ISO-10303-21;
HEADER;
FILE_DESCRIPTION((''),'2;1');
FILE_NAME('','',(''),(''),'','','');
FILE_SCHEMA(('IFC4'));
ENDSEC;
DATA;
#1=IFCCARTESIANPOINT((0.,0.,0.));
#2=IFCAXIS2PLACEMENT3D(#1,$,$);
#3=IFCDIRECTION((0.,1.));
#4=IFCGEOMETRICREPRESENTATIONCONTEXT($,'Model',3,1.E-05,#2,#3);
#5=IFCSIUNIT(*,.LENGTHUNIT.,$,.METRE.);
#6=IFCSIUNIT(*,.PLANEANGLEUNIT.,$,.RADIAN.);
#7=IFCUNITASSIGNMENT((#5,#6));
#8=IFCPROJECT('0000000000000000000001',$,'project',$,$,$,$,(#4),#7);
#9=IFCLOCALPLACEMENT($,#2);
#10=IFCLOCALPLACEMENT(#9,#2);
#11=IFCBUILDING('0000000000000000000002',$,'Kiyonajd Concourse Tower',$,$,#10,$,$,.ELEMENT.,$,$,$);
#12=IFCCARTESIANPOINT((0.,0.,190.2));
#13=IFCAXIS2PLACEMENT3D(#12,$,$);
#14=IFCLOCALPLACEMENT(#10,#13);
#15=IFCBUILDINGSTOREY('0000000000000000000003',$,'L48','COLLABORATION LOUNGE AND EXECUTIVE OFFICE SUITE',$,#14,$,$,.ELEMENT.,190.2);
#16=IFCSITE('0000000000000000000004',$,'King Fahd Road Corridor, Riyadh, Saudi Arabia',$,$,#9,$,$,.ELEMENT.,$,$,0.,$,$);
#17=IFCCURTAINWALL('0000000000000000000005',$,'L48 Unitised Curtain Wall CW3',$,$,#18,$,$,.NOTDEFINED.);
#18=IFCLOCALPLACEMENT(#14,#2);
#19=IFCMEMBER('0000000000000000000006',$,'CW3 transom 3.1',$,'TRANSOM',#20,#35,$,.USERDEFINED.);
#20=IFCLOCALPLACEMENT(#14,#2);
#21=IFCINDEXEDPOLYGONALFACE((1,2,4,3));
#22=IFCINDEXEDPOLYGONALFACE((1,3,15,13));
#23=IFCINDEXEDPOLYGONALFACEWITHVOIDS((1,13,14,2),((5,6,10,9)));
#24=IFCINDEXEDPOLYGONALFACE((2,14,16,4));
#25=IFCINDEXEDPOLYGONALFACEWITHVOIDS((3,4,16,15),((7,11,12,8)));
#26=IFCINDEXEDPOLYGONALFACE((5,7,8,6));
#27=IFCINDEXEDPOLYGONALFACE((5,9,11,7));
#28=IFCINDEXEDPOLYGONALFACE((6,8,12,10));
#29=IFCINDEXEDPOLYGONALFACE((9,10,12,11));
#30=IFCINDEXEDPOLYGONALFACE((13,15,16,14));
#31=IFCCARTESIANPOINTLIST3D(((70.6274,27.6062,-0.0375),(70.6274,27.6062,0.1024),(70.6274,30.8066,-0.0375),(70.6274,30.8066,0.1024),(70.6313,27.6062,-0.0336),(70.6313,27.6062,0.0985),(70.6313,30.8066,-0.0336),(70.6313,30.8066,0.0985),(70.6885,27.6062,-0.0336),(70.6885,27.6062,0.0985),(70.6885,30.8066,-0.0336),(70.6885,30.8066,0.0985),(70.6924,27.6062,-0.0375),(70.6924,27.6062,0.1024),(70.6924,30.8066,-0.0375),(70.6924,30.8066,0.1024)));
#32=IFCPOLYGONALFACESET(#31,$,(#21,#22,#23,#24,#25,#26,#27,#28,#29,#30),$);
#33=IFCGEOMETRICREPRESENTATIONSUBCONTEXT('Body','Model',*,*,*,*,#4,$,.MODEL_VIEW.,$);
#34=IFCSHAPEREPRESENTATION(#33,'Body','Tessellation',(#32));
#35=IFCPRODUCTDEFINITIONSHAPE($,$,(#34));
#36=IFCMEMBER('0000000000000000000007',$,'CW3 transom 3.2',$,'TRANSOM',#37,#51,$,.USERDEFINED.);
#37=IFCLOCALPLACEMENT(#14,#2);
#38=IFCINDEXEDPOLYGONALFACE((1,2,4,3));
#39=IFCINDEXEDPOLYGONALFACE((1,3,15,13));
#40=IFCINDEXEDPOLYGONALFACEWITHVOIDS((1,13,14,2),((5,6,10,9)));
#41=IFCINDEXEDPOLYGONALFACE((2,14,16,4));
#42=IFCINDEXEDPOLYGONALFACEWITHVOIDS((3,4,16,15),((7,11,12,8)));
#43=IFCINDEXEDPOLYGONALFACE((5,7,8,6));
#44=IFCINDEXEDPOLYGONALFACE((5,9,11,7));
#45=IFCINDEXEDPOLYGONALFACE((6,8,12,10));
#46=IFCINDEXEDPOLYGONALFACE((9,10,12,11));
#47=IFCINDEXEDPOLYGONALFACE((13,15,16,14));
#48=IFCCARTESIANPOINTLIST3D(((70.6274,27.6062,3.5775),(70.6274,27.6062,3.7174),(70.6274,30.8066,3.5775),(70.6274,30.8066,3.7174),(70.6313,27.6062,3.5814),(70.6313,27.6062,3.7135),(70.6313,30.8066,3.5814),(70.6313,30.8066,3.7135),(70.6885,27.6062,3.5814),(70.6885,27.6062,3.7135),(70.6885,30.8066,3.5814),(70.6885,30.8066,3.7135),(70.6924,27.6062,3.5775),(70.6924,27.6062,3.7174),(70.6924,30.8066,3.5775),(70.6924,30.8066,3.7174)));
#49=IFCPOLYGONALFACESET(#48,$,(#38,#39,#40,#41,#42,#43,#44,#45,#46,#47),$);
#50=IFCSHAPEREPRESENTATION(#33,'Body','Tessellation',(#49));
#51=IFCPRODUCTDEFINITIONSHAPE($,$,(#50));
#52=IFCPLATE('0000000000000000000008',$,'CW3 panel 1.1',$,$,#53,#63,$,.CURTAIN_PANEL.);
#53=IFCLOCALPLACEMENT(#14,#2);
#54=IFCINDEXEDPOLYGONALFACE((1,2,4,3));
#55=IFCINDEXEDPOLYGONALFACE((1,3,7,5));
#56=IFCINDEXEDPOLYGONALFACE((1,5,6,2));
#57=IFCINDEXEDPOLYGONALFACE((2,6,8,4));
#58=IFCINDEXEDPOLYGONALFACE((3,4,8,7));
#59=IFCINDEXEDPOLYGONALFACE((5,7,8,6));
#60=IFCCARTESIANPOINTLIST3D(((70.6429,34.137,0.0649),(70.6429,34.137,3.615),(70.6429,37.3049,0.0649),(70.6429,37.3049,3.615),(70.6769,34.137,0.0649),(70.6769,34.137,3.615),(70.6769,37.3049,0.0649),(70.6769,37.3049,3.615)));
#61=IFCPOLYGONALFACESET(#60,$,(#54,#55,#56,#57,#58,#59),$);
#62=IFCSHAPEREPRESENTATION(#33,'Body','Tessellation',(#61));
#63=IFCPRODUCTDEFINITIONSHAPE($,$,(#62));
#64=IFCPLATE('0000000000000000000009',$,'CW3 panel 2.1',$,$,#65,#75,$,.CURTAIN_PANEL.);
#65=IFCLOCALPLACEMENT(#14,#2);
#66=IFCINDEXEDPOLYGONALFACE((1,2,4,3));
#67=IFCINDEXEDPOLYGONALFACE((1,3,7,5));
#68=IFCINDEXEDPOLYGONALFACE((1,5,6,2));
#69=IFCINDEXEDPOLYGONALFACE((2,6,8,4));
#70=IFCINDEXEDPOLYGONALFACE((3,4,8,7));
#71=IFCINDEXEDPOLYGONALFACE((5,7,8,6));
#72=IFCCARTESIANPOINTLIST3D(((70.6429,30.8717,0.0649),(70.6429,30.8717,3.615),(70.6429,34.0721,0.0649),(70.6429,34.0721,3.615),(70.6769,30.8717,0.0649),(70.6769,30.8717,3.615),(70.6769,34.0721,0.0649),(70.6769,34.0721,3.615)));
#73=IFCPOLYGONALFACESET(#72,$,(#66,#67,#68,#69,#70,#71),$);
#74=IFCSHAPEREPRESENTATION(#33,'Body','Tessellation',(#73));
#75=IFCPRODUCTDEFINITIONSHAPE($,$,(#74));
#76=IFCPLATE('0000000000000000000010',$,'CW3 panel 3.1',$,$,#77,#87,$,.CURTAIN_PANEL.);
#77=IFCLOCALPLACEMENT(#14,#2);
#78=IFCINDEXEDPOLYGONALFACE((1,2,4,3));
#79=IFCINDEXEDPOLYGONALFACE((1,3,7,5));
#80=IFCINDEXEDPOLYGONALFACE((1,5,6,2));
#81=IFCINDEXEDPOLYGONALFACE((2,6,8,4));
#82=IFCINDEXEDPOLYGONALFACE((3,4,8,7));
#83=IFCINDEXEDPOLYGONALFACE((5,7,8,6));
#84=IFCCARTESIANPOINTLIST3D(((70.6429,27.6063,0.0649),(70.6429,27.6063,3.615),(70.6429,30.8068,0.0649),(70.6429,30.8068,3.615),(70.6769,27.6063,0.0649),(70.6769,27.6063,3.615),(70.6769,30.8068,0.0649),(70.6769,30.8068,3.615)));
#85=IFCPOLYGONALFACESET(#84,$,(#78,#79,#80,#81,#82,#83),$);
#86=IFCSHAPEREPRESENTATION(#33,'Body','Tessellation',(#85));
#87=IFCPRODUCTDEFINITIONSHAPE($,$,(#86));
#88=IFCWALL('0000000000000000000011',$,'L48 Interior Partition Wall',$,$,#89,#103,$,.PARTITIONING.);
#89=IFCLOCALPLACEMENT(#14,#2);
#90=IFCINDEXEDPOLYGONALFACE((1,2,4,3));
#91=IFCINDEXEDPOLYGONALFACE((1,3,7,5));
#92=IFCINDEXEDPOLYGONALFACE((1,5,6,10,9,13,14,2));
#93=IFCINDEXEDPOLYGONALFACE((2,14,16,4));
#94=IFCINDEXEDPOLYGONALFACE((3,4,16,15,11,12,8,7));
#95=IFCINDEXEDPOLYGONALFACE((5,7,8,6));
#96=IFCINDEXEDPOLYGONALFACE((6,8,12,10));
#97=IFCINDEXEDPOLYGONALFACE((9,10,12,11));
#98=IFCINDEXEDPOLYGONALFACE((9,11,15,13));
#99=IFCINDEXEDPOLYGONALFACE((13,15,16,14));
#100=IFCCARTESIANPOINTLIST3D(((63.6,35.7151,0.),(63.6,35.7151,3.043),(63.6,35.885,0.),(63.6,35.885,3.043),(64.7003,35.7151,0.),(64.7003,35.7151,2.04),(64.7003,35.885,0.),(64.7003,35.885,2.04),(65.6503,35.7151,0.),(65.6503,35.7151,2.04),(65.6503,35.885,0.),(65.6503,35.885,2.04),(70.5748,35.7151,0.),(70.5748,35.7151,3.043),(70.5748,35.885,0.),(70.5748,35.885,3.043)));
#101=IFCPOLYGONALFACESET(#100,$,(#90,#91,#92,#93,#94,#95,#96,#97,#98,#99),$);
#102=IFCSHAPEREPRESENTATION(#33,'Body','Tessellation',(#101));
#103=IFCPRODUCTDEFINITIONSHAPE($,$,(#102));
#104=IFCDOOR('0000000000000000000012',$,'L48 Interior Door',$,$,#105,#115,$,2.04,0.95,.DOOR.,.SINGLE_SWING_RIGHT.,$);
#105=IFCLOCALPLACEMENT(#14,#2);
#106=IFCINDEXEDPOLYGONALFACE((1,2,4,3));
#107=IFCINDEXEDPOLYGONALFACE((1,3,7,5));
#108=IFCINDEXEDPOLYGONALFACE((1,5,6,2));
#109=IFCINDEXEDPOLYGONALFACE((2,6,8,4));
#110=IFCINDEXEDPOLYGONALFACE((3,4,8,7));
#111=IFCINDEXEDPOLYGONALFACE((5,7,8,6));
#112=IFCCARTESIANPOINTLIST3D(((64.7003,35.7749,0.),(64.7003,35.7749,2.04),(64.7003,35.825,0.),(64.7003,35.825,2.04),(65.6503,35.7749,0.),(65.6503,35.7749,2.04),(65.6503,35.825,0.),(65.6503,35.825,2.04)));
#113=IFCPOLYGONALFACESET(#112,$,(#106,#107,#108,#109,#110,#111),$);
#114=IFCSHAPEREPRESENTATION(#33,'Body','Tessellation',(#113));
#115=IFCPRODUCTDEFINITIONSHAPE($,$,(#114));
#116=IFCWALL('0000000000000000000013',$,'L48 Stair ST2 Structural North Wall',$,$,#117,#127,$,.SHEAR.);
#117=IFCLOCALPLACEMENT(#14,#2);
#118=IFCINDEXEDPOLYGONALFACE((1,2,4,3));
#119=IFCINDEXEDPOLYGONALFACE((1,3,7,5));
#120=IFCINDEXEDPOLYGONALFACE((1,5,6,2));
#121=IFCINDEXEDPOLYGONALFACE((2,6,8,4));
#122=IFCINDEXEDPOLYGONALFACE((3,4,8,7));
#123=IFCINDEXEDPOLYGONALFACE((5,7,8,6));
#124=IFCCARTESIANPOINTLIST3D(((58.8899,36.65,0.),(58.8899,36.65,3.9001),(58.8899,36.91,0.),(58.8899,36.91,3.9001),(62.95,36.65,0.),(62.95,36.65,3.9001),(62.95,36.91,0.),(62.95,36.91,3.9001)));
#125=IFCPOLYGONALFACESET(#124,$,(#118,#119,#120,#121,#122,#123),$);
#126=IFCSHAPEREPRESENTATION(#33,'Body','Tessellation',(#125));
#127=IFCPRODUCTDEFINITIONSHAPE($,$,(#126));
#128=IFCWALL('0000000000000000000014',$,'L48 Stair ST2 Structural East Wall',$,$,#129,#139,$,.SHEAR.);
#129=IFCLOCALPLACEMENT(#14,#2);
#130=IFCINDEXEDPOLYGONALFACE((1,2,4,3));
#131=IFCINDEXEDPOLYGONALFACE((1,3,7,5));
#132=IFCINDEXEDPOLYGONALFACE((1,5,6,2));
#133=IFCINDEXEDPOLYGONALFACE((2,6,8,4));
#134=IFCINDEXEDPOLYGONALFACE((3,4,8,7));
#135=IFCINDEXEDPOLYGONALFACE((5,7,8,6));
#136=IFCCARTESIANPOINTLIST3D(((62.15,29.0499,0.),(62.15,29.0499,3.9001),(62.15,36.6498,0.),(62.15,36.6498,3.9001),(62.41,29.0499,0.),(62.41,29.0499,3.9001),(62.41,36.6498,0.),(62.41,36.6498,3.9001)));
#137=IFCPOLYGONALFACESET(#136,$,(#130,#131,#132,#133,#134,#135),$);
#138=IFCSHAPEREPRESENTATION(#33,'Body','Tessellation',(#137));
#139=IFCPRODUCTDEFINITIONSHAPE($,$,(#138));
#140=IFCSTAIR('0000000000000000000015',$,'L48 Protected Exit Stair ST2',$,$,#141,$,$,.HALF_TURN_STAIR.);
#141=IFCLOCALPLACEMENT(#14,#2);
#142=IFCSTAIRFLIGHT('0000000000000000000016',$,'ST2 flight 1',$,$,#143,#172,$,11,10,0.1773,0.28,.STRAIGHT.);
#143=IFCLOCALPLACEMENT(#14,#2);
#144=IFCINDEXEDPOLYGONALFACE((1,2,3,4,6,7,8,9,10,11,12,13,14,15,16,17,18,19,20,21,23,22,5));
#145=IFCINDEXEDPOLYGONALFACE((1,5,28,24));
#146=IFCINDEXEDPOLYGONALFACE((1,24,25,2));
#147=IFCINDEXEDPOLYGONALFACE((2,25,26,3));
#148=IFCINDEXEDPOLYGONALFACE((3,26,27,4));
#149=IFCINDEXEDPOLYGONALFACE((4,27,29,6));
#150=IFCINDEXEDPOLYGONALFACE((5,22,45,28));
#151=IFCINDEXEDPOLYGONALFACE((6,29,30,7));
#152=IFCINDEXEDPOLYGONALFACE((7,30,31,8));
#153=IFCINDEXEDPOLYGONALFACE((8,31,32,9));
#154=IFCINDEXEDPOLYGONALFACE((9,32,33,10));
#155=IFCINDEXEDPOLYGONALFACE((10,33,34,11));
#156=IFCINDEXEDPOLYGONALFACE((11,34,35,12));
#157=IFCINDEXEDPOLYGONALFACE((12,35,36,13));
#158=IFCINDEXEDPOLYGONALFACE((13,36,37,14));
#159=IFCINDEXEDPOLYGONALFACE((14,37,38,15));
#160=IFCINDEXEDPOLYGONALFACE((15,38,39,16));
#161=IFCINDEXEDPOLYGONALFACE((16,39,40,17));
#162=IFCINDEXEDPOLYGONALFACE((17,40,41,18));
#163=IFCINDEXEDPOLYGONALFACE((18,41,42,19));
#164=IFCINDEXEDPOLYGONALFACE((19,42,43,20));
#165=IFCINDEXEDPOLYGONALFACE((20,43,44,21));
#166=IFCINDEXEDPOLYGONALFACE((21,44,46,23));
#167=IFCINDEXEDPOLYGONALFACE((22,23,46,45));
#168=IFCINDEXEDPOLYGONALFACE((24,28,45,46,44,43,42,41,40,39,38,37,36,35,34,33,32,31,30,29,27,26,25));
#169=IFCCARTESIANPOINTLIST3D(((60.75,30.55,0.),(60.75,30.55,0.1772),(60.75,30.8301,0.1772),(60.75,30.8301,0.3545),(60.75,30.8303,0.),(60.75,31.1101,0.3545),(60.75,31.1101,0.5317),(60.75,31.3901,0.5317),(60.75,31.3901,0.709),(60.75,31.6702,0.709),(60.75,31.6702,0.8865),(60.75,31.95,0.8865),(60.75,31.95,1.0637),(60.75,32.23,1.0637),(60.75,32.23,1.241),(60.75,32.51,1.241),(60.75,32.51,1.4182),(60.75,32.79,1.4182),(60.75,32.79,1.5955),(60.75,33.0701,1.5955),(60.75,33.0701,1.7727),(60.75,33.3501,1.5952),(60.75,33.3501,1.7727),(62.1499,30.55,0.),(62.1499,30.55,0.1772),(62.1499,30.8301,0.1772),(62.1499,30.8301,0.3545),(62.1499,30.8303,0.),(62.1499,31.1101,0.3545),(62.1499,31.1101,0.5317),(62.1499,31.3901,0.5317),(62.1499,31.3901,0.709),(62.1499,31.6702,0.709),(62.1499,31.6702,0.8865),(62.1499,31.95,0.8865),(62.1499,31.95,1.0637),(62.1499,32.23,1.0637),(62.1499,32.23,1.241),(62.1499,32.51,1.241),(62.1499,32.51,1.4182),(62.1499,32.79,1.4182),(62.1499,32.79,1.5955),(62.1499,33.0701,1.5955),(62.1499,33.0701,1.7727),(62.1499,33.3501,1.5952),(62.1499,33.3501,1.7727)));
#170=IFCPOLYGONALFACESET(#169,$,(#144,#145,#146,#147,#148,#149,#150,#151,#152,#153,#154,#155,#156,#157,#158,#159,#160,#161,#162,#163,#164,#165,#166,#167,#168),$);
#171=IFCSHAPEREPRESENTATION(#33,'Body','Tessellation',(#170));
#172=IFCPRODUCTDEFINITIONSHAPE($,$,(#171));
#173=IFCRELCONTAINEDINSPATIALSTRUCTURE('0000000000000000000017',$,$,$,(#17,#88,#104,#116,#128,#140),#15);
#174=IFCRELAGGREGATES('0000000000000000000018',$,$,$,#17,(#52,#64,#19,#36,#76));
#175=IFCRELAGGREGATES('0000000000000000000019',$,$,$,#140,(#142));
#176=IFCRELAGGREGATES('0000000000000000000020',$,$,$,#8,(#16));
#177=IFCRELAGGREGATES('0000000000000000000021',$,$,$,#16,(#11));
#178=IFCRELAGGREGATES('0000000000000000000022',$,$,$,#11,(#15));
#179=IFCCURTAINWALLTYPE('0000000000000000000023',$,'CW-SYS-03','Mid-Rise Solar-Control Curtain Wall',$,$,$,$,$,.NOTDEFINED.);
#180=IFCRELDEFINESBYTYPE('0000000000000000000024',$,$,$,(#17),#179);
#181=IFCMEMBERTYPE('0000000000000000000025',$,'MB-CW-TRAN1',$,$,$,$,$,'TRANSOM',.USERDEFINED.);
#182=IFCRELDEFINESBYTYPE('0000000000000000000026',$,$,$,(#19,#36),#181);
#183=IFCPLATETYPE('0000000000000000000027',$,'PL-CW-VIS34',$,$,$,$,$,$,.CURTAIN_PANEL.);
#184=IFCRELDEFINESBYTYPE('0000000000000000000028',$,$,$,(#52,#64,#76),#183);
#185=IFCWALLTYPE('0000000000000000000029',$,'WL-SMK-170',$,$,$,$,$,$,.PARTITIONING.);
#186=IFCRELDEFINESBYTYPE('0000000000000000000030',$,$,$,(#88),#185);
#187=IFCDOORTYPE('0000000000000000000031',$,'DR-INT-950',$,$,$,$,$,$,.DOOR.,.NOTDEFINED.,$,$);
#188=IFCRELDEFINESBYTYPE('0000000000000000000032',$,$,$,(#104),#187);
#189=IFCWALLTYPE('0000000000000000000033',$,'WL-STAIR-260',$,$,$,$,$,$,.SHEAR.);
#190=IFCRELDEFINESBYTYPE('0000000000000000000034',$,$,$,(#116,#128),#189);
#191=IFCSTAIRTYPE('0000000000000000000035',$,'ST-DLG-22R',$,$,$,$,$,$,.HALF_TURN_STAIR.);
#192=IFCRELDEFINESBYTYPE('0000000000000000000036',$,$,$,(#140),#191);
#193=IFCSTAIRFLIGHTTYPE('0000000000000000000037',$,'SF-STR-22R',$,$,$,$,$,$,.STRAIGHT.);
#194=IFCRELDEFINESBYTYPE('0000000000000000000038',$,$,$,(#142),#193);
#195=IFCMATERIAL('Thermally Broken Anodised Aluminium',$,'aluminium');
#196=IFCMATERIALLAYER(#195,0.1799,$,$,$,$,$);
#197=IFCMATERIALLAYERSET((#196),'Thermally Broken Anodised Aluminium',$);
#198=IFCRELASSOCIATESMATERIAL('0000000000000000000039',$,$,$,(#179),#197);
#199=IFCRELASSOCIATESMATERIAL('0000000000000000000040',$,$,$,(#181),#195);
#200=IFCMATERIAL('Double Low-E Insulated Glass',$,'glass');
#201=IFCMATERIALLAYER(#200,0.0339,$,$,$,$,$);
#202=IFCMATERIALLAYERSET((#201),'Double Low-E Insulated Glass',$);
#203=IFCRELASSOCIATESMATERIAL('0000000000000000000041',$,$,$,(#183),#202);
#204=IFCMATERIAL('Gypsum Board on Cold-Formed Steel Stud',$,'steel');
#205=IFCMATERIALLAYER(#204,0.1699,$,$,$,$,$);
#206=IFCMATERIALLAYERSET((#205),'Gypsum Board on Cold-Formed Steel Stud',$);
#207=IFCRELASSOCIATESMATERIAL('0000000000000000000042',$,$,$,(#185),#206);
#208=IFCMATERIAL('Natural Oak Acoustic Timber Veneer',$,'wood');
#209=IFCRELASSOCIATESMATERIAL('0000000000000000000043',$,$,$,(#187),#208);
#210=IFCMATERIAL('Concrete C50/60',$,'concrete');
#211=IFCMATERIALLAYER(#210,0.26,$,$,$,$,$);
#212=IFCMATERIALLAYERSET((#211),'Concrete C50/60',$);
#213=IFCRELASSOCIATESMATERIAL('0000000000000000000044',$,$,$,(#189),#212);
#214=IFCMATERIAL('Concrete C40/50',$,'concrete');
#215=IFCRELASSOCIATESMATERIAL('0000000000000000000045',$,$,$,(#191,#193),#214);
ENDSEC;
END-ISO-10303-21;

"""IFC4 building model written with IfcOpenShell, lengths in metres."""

from ifc_helpers import new_model, si_unit, direction, frame, frame_2d, origin, origin_2d, place, context, subcontext, project, spatial, polyline, rectangle, hollow_rectangle, outline, extrude, material, layer, layer_set, material_profile, profile_set, type_object, element, fill, aggregate, save


model = new_model("IFC4")

# Units and contexts
model_context = context("Model", 3, precision=1e-05, world=origin(), true_north=direction((0.0, 1.0)))
body_context = subcontext(model_context, "Body", "Model", "MODEL_VIEW")
ifc_project = project(units=[si_unit("LENGTHUNIT", "METRE"), si_unit("PLANEANGLEUNIT", "RADIAN")], contexts=[model_context])

# Site, building, storey
site_placement = place(None, origin())
site = spatial("IfcSite", under=ifc_project, at=site_placement, Name="King Fahd Road Corridor, Riyadh, Saudi Arabia", CompositionType="ELEMENT", RefElevation=0.0)
building_placement = place(site_placement, origin())
building = spatial("IfcBuilding", under=site, at=building_placement, Name="Kiyonajd Concourse Tower", CompositionType="ELEMENT")
storey_placement = place(building_placement, frame((0.0, 0.0, 190.2)))
storey = spatial("IfcBuildingStorey", under=building, at=storey_placement, Name="L48", Description="COLLABORATION LOUNGE AND EXECUTIVE OFFICE SUITE", CompositionType="ELEMENT", Elevation=190.2)

# Shared definitions
ifc_material_1 = material(Name="Concrete C50/60", Category="concrete")

# Curtain wall, members, plates
ifc_material_2 = material(Name="Thermally Broken Anodised Aluminium", Category="aluminium")
ifc_layer_1 = layer(ifc_material_2, 0.1799)
ifc_layer_set_1 = layer_set([ifc_layer_1], Name="Thermally Broken Anodised Aluminium")
curtain_wall_type = type_object("IfcCurtainWallType", Name="CW-SYS-03", Description="Mid-Rise Solar-Control Curtain Wall", PredefinedType="NOTDEFINED", material=ifc_layer_set_1)
curtain_wall_placement = place(storey_placement, origin())
curtain_wall = element("IfcCurtainWall", 1, at=curtain_wall_placement, inside=storey, type_object=curtain_wall_type, Name="L48 Unitised Curtain Wall CW3", PredefinedType="NOTDEFINED")
ifc_material_profile_1 = material_profile(ifc_material_2, hollow_rectangle(XDim=0.0649, YDim=0.1399, WallThickness=0.0039, at=origin_2d()), Name="TRAN-65x140")
ifc_profile_set_1 = profile_set([ifc_material_profile_1], Name="Thermally Broken Anodised Aluminium")
member_type_1 = type_object("IfcMemberType", Name="MB-CW-TRAN1", ElementType="TRANSOM", PredefinedType="USERDEFINED", material=ifc_profile_set_1)
member_1_placement = place(storey_placement, frame((70.6599, 30.8066, 0.0325), z_axis=(0.0, -1.0, 0.0), x_axis=(1.0, 0.0, 0.0)))
member_1 = element("IfcMember", 2, at=member_1_placement, type_object=member_type_1, Name="CW3 transom 3.1", ObjectType="TRANSOM", PredefinedType="USERDEFINED", context=body_context, shape_type="SweptSolid", body=[
    extrude(hollow_rectangle(XDim=0.0649, YDim=0.1399, WallThickness=0.0039, at=origin_2d()), origin(), (0.0, 0.0, 1.0), 3.2004),
])
member_2_placement = place(storey_placement, frame((70.6599, 30.8066, 3.6475), z_axis=(0.0, -1.0, 0.0), x_axis=(1.0, 0.0, 0.0)))
member_2 = element("IfcMember", 3, at=member_2_placement, type_object=member_type_1, Name="CW3 transom 3.2", ObjectType="TRANSOM", PredefinedType="USERDEFINED", context=body_context, shape_type="SweptSolid", body=[
    extrude(hollow_rectangle(XDim=0.0649, YDim=0.1399, WallThickness=0.0039, at=origin_2d()), origin(), (0.0, 0.0, 1.0), 3.2004),
])
ifc_material_3 = material(Name="Double Low-E Insulated Glass", Category="glass")
ifc_layer_2 = layer(ifc_material_3, 0.0339)
ifc_layer_set_2 = layer_set([ifc_layer_2], Name="Double Low-E Insulated Glass")
plate_type = type_object("IfcPlateType", Name="PL-CW-VIS34", PredefinedType="CURTAIN_PANEL", material=ifc_layer_set_2)
plate_1_placement = place(storey_placement, frame((70.6599, 35.7209, 0.0649), z_axis=(0.0, 0.0, 1.0), x_axis=(0.0, -1.0, 0.0)))
plate_1 = element("IfcPlate", 4, at=plate_1_placement, type_object=plate_type, Name="CW3 panel 1.1", PredefinedType="CURTAIN_PANEL", context=body_context, shape_type="SweptSolid", body=[
    extrude(rectangle(XDim=3.168, YDim=0.0339, at=origin_2d()), origin(), (0.0, 0.0, 1.0), 3.55),
])
plate_2_placement = place(storey_placement, frame((70.6599, 32.4719, 0.0649), z_axis=(0.0, 0.0, 1.0), x_axis=(0.0, -1.0, 0.0)))
plate_2 = element("IfcPlate", 5, at=plate_2_placement, type_object=plate_type, Name="CW3 panel 2.1", PredefinedType="CURTAIN_PANEL", context=body_context, shape_type="SweptSolid", body=[
    extrude(rectangle(XDim=3.2004, YDim=0.0339, at=origin_2d()), origin(), (0.0, 0.0, 1.0), 3.55),
])
plate_3_placement = place(storey_placement, frame((70.6599, 29.2065, 0.0649), z_axis=(0.0, 0.0, 1.0), x_axis=(0.0, -1.0, 0.0)))
plate_3 = element("IfcPlate", 6, at=plate_3_placement, type_object=plate_type, Name="CW3 panel 3.1", PredefinedType="CURTAIN_PANEL", context=body_context, shape_type="SweptSolid", body=[
    extrude(rectangle(XDim=3.2004, YDim=0.0339, at=origin_2d()), origin(), (0.0, 0.0, 1.0), 3.55),
])
aggregate(curtain_wall, [plate_1, plate_2, member_1, member_2, plate_3])

# Wall, opening, door
ifc_material_4 = material(Name="Gypsum Board on Cold-Formed Steel Stud", Category="steel")
ifc_layer_3 = layer(ifc_material_4, 0.1699)
ifc_layer_set_3 = layer_set([ifc_layer_3], Name="Gypsum Board on Cold-Formed Steel Stud")
wall_type_1 = type_object("IfcWallType", Name="WL-SMK-170", PredefinedType="PARTITIONING", material=ifc_layer_set_3)
wall_1_placement = place(storey_placement, frame((63.6001, 35.8, 0.0), z_axis=(0.0, 0.0, 1.0), x_axis=(1.0, 0.0, 0.0)))
wall_1 = element("IfcWall", 7, at=wall_1_placement, inside=storey, type_object=wall_type_1, Name="L48 Interior Partition Wall", PredefinedType="PARTITIONING", context=body_context, shape_type="SweptSolid", body=[
    extrude(rectangle(XDim=6.9749, YDim=0.1699, at=frame_2d((3.4873, 0.0))), origin(), (0.0, 0.0, 1.0), 3.043),
])
opening_placement = place(wall_1_placement, frame((1.1001, 0.0, 0.0)))
opening = element("IfcOpeningElement", 8, at=opening_placement, cuts=wall_1, PredefinedType="OPENING", context=body_context, shape_type="SweptSolid", body=[
    extrude(rectangle(XDim=0.95, YDim=2.04, at=frame_2d((0.4751, 1.02))), frame((0.0, 0.095, 0.0), z_axis=(0.0, -1.0, 0.0), x_axis=(1.0, 0.0, 0.0)), (0.0, 0.0, 1.0), 0.1899),
])
ifc_material_5 = material(Name="Natural Oak Acoustic Timber Veneer", Category="wood")
door_type = type_object("IfcDoorType", Name="DR-INT-950", OperationType="NOTDEFINED", PredefinedType="DOOR", material=ifc_material_5)
door_placement = place(opening_placement, origin())
door = element("IfcDoor", 9, at=door_placement, inside=storey, type_object=door_type, Name="L48 Interior Door", OperationType="SINGLE_SWING_RIGHT", OverallHeight=2.04, OverallWidth=0.95, PredefinedType="DOOR", context=body_context, shape_type="SweptSolid", body=[
    extrude(rectangle(XDim=0.95, YDim=2.04, at=frame_2d((0.4751, 1.02))), frame((0.0, 0.0249, 0.0), z_axis=(0.0, -1.0, 0.0), x_axis=(1.0, 0.0, 0.0)), (0.0, 0.0, 1.0), 0.05),
])
fill(opening, door)

# Walls
ifc_layer_4 = layer(ifc_material_1, 0.26)
ifc_layer_set_4 = layer_set([ifc_layer_4], Name="Concrete C50/60")
wall_type_2 = type_object("IfcWallType", Name="WL-STAIR-260", PredefinedType="SHEAR", material=ifc_layer_set_4)
wall_2_placement = place(storey_placement, frame((58.8899, 36.78, 0.0), z_axis=(0.0, 0.0, 1.0), x_axis=(1.0, 0.0, 0.0)))
element("IfcWall", 10, at=wall_2_placement, inside=storey, type_object=wall_type_2, Name="L48 Stair ST2 Structural North Wall", PredefinedType="SHEAR", context=body_context, shape_type="SweptSolid", body=[
    extrude(rectangle(XDim=4.0601, YDim=0.26, at=frame_2d((2.03, 0.0))), origin(), (0.0, 0.0, 1.0), 3.9001),
])
wall_3_placement = place(storey_placement, frame((62.28, 29.05, 0.0), z_axis=(0.0, 0.0, 1.0), x_axis=(0.0, 1.0, 0.0)))
element("IfcWall", 11, at=wall_3_placement, inside=storey, type_object=wall_type_2, Name="L48 Stair ST2 Structural East Wall", PredefinedType="SHEAR", context=body_context, shape_type="SweptSolid", body=[
    extrude(rectangle(XDim=7.5999, YDim=0.26, at=frame_2d((3.7998, 0.0))), origin(), (0.0, 0.0, 1.0), 3.9001),
])

# Stair, stair flight
ifc_material_6 = material(Name="Concrete C40/50", Category="concrete")
stair_type = type_object("IfcStairType", Name="ST-DLG-22R", PredefinedType="HALF_TURN_STAIR", material=ifc_material_6)
stair_placement = place(storey_placement, origin())
stair = element("IfcStair", 12, at=stair_placement, inside=storey, type_object=stair_type, Name="L48 Protected Exit Stair ST2", PredefinedType="HALF_TURN_STAIR")
stair_flight_type = type_object("IfcStairFlightType", Name="SF-STR-22R", PredefinedType="STRAIGHT", material=ifc_material_6)
stair_flight_1_placement = place(storey_placement, frame((61.45, 30.55, 0.0), z_axis=(0.0, 0.0, 1.0), x_axis=(0.0, 1.0, 0.0)))
stair_flight_1 = element("IfcStairFlight", 13, at=stair_flight_1_placement, type_object=stair_flight_type, Name="ST2 flight 1", NumberOfRisers=11, NumberOfTreads=10, PredefinedType="STRAIGHT", RiserHeight=0.1773, TreadLength=0.28, context=body_context, shape_type="SweptSolid", body=[
    extrude(outline(polyline([(0.0, 0.0), (0.0, 0.1772), (0.28, 0.1772), (0.28, 0.3545), (0.5601, 0.3545), (0.5601, 0.5317), (0.8401, 0.5317), (0.8401, 0.709), (1.1201, 0.709), (1.1201, 0.8865), (1.3999, 0.8865), (1.3999, 1.0637), (1.6799, 1.0637), (1.6799, 1.241), (1.96, 1.241), (1.96, 1.4182), (2.24, 1.4182), (2.24, 1.5955), (2.52, 1.5955), (2.52, 1.7727), (2.8, 1.7727), (2.8, 1.95), (2.8, 1.5952), (0.2803, 0.0), (0.0, 0.0)])), frame((0.0, 0.7, 0.0), z_axis=(0.0, -1.0, 0.0), x_axis=(1.0, 0.0, 0.0)), (0.0, 0.0, 1.0), 1.3999),
])
aggregate(stair, [stair_flight_1])

save(model, "model.ifc")
